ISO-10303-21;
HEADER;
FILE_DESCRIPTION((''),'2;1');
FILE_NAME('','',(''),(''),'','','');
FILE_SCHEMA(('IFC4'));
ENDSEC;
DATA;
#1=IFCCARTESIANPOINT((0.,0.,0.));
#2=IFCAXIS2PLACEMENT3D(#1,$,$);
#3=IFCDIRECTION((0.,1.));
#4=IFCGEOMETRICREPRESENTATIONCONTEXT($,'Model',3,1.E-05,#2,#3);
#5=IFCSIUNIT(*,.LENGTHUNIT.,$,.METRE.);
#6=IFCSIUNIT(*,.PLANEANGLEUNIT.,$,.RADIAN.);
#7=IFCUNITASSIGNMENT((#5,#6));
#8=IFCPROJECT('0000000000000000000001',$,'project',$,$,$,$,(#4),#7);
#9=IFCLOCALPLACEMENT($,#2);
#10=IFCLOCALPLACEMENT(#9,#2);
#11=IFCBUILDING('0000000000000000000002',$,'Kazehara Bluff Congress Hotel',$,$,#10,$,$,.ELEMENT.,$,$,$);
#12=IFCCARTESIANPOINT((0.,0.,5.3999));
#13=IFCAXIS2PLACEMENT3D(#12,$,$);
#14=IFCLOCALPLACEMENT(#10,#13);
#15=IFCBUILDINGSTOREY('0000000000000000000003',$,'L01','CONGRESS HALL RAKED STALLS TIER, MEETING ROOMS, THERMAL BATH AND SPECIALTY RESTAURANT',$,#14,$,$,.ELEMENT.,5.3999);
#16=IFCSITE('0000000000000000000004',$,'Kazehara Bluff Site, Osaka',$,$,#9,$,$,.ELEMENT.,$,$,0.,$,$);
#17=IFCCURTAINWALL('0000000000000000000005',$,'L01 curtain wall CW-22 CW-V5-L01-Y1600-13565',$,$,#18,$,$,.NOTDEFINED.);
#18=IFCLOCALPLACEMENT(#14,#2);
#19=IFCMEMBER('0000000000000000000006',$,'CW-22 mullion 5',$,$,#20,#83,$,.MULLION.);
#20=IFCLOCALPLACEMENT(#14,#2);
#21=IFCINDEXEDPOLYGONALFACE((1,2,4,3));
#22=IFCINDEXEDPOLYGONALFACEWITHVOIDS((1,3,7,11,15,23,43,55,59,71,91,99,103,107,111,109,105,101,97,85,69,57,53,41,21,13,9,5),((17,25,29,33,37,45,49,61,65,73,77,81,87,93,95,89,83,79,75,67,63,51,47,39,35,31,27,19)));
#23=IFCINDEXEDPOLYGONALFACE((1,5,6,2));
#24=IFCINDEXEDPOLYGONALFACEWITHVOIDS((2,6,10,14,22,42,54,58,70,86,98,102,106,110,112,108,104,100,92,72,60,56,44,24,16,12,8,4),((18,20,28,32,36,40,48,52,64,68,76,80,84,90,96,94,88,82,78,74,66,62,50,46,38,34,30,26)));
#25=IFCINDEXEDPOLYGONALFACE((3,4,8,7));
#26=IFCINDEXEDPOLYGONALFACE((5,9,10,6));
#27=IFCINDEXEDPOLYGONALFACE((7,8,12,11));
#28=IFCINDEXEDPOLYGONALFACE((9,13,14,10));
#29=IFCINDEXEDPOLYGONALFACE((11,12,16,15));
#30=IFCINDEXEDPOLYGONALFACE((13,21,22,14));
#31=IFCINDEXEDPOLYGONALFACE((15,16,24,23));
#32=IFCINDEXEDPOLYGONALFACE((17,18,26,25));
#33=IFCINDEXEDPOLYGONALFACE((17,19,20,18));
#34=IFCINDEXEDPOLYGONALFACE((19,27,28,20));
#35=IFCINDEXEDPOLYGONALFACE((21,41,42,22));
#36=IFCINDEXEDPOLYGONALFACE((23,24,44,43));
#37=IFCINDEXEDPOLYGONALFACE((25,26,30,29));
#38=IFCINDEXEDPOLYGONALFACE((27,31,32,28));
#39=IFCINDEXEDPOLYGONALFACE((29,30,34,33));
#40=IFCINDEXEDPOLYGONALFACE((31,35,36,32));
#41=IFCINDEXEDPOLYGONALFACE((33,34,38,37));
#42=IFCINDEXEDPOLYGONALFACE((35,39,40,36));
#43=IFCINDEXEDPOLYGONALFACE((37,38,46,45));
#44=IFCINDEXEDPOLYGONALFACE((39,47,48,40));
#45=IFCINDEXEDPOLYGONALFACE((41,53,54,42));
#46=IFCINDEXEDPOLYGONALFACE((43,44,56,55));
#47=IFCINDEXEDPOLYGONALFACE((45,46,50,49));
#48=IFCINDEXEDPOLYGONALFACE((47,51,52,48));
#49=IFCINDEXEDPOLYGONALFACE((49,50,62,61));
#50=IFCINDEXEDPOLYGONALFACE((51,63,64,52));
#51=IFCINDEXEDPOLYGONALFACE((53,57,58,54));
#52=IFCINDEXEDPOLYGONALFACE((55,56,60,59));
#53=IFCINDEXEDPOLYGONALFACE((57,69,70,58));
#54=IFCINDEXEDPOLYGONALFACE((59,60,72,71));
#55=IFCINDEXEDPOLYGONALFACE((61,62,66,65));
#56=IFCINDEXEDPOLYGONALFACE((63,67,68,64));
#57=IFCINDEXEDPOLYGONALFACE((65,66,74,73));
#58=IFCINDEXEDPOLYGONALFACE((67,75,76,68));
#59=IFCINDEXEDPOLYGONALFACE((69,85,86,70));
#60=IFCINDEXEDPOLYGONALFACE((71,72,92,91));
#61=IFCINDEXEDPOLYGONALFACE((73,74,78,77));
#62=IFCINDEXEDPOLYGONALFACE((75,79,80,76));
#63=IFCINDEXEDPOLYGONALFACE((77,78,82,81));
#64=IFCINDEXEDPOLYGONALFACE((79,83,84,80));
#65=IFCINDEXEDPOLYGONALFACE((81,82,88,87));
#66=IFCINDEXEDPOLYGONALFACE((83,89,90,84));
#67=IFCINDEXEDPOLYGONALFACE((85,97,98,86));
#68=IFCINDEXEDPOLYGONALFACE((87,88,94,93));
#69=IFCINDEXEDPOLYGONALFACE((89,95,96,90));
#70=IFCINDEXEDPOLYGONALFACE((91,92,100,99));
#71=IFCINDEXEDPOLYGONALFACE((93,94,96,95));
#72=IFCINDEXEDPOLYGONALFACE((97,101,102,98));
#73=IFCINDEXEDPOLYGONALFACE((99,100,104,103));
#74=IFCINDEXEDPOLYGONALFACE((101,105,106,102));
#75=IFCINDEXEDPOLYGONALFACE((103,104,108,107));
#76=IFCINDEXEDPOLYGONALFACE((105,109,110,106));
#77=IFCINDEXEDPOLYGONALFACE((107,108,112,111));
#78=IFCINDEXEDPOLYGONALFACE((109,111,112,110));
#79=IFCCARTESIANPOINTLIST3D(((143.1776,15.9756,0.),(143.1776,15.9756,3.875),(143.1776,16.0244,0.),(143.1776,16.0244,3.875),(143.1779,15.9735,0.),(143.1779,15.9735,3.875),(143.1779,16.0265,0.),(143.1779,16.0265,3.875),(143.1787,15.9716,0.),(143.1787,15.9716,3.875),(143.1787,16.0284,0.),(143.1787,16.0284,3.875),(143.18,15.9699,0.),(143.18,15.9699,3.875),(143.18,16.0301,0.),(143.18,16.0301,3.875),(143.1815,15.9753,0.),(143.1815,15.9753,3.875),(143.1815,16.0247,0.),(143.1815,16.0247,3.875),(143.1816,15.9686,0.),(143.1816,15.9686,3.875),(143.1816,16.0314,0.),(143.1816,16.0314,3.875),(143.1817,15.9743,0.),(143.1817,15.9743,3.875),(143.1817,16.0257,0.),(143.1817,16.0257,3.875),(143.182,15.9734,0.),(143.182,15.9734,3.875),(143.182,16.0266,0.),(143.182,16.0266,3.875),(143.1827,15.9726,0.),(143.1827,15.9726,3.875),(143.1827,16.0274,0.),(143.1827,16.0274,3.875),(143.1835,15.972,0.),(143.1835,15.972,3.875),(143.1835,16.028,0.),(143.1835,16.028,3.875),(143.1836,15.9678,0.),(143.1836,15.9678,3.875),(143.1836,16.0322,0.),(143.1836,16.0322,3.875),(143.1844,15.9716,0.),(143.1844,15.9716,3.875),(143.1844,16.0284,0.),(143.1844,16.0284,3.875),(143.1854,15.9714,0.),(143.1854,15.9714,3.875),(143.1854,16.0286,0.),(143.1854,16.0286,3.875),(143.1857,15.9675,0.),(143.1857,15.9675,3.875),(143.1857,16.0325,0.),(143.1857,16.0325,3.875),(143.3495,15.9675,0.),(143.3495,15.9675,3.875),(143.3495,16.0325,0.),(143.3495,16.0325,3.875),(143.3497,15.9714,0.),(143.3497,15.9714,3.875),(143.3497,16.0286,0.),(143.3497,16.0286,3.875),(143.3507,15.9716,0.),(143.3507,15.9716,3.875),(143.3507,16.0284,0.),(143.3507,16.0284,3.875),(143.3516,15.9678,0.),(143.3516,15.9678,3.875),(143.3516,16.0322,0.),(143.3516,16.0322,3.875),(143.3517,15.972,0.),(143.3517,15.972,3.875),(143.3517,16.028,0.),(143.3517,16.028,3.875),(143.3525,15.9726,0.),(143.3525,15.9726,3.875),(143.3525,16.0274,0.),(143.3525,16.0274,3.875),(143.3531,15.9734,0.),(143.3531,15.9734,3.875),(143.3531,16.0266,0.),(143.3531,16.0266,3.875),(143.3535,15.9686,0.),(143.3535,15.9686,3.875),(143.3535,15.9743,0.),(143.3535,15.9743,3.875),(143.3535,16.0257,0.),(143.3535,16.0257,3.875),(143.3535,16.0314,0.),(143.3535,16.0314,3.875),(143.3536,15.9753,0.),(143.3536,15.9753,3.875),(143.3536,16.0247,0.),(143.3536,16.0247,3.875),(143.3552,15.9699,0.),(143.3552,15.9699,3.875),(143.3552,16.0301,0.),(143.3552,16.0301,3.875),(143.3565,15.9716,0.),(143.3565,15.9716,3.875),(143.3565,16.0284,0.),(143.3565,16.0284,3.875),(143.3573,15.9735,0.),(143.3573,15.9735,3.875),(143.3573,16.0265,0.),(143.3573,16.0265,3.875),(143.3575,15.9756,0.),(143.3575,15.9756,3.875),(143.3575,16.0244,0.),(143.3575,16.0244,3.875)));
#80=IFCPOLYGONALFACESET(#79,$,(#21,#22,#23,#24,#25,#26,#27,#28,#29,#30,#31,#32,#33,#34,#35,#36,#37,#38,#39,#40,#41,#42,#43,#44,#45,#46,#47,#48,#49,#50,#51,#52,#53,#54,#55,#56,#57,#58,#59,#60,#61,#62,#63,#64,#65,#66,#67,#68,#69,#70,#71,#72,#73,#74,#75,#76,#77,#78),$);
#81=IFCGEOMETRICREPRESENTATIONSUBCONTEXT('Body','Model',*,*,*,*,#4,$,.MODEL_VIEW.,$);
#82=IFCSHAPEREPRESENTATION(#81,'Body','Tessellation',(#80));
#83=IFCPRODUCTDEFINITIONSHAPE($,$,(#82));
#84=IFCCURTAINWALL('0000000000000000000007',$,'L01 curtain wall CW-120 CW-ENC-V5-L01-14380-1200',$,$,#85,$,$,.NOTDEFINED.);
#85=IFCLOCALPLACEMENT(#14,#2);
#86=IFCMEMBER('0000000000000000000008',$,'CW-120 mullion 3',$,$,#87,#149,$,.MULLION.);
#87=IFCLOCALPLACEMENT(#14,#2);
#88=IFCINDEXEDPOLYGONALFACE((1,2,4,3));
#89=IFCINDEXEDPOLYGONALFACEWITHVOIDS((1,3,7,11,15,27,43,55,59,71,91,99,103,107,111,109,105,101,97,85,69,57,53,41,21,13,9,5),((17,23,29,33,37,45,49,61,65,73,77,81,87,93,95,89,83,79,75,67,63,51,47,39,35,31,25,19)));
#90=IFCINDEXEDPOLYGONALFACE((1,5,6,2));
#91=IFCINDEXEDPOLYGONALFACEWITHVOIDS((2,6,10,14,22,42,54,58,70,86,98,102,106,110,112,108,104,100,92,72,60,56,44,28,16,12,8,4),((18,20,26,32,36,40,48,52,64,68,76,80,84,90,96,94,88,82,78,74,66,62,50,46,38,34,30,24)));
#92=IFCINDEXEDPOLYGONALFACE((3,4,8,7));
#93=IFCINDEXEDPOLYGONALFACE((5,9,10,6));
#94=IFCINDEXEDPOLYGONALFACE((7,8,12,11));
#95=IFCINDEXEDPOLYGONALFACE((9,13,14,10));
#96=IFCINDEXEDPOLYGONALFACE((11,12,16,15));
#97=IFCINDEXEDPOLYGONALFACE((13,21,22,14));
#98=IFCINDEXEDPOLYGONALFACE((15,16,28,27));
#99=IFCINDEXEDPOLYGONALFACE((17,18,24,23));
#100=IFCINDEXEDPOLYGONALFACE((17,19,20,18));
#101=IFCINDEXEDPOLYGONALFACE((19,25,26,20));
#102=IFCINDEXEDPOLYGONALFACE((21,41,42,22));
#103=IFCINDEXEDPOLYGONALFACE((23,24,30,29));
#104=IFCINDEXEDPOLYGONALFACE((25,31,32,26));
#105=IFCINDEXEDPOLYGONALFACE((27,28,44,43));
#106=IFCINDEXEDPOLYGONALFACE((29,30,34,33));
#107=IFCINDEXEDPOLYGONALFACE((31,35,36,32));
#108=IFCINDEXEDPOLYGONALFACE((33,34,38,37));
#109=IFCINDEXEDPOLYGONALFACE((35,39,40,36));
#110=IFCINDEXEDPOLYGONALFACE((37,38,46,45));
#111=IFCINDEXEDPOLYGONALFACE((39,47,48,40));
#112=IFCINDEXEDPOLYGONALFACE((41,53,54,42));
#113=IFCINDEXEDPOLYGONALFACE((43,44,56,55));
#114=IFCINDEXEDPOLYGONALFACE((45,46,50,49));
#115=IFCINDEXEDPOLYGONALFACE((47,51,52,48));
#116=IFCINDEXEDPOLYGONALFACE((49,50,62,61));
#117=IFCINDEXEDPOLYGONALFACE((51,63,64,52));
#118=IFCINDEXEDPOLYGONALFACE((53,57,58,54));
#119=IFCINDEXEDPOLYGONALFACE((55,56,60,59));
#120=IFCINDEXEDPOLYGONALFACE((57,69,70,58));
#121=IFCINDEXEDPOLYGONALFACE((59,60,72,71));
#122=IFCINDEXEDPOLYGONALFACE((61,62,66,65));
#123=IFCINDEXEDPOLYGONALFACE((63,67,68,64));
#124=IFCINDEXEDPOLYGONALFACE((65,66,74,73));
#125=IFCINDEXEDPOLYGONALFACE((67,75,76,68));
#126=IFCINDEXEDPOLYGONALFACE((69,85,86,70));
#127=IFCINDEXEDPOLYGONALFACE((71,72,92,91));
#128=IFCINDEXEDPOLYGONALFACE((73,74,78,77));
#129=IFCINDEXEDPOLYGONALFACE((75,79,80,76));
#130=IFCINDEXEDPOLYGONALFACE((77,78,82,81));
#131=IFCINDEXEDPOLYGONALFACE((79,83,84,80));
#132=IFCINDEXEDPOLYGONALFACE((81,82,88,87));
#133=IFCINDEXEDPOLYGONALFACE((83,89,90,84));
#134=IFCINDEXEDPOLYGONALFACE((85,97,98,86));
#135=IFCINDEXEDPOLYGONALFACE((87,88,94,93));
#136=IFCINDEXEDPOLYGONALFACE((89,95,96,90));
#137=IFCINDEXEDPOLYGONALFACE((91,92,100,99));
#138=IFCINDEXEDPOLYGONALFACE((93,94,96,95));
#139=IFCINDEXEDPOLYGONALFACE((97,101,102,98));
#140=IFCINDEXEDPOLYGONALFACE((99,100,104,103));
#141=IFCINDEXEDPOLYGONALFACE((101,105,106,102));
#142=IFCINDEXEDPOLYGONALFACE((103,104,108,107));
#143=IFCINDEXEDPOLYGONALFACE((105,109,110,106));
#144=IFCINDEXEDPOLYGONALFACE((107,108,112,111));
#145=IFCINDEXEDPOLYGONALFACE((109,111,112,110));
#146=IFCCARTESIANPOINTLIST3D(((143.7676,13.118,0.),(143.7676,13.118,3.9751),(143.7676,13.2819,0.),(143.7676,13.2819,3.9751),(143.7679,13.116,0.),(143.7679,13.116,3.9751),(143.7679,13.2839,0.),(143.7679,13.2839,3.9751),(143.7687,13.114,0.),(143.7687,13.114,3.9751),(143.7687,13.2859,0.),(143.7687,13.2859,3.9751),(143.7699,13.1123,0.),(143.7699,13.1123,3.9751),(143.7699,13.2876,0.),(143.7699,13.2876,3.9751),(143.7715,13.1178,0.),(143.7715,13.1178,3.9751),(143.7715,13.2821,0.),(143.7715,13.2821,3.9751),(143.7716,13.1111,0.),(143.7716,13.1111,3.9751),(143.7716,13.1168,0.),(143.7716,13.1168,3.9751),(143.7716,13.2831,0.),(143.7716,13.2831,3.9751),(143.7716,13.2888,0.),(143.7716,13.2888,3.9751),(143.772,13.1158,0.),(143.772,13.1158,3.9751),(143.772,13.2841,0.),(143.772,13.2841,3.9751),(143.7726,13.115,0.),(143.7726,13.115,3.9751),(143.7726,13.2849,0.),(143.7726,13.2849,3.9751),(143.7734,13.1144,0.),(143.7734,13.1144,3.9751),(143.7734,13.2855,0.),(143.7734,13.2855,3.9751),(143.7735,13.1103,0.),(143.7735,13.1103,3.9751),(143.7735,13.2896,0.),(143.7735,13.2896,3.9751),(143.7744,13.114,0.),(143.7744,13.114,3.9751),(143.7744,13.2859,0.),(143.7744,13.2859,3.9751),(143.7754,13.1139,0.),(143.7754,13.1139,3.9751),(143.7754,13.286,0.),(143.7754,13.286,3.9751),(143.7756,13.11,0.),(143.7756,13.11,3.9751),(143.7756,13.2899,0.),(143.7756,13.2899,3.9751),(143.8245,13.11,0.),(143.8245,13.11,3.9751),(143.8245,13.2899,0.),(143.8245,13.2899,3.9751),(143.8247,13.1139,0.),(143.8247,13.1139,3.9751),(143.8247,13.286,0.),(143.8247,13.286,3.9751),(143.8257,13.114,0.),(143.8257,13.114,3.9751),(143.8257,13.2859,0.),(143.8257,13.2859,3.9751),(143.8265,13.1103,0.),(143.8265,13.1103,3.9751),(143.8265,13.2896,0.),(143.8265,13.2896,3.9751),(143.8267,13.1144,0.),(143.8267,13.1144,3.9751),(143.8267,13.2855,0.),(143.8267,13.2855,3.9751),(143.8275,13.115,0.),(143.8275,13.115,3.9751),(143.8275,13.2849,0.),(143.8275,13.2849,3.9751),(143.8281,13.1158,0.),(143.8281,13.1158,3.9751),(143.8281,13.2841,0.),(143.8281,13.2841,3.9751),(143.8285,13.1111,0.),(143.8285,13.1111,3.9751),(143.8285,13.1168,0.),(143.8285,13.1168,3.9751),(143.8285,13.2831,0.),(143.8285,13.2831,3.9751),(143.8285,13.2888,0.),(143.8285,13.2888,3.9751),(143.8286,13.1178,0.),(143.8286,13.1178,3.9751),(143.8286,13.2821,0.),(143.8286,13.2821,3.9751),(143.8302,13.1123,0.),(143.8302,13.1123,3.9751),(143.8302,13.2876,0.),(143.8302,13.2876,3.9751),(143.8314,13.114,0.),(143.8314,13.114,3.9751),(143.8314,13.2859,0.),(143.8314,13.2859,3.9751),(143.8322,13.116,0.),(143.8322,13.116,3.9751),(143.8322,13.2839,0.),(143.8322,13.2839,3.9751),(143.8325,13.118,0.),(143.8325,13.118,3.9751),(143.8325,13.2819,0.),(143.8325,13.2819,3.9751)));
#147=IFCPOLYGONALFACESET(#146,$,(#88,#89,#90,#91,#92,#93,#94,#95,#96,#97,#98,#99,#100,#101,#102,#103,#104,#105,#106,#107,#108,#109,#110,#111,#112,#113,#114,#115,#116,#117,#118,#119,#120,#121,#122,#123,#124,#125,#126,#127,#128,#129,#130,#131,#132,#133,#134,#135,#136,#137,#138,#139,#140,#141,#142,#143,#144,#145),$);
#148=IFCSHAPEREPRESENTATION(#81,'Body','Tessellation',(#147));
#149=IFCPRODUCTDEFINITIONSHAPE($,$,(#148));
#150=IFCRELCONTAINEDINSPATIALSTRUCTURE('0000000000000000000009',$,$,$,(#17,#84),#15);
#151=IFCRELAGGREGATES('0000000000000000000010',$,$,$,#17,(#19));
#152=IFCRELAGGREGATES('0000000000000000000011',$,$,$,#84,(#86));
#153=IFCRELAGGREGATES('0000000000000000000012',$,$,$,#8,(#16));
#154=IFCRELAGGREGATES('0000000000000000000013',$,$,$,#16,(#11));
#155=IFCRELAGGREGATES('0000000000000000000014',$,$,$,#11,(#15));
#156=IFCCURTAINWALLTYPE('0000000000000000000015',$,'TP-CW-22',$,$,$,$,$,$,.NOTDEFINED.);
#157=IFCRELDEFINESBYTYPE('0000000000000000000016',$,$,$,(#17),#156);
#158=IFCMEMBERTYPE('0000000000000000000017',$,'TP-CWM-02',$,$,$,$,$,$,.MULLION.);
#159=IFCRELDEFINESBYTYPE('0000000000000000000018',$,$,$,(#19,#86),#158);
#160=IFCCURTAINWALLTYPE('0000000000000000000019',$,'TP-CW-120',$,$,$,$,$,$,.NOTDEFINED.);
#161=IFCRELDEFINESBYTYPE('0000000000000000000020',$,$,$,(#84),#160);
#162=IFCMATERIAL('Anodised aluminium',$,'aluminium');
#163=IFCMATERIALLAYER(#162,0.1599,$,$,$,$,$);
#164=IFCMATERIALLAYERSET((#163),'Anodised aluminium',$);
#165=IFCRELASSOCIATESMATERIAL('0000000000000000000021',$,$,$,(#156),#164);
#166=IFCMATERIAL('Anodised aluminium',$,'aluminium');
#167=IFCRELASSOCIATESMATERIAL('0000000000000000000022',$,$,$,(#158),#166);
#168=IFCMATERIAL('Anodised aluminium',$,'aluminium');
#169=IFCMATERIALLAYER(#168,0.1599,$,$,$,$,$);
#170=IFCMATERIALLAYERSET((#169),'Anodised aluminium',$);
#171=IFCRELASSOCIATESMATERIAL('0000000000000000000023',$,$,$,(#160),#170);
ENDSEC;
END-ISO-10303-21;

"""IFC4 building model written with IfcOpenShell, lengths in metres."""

from ifc_helpers import new_model, si_unit, direction, frame, origin, origin_2d, place, context, subcontext, project, spatial, hollow_rectangle, extrude, material, layer, layer_set, material_profile, profile_set, type_object, element, aggregate, save


model = new_model("IFC4")

# Units and contexts
model_context = context("Model", 3, precision=1e-05, world=origin(), true_north=direction((0.0, 1.0)))
body_context = subcontext(model_context, "Body", "Model", "MODEL_VIEW")
ifc_project = project(units=[si_unit("LENGTHUNIT", "METRE"), si_unit("PLANEANGLEUNIT", "RADIAN")], contexts=[model_context])

# Site, building, storey
site_placement = place(None, origin())
site = spatial("IfcSite", under=ifc_project, at=site_placement, Name="Kazehara Bluff Site, Osaka", CompositionType="ELEMENT", RefElevation=0.0)
building_placement = place(site_placement, origin())
building = spatial("IfcBuilding", under=site, at=building_placement, Name="Kazehara Bluff Congress Hotel", CompositionType="ELEMENT")
storey_placement = place(building_placement, frame((0.0, 0.0, 5.3999)))
storey = spatial("IfcBuildingStorey", under=building, at=storey_placement, Name="L01", Description="CONGRESS HALL RAKED STALLS TIER, MEETING ROOMS, THERMAL BATH AND SPECIALTY RESTAURANT", CompositionType="ELEMENT", Elevation=5.3999)

# Curtain walls, members
ifc_material_1 = material(Name="Anodised aluminium", Category="aluminium")
ifc_layer_1 = layer(ifc_material_1, 0.1599)
ifc_layer_set_1 = layer_set([ifc_layer_1], Name="Anodised aluminium")
curtain_wall_type_1 = type_object("IfcCurtainWallType", Name="TP-CW-22", PredefinedType="NOTDEFINED", material=ifc_layer_set_1)
curtain_wall_1_placement = place(storey_placement, origin())
curtain_wall_1 = element("IfcCurtainWall", 1, at=curtain_wall_1_placement, inside=storey, type_object=curtain_wall_type_1, Name="L01 curtain wall CW-22 CW-V5-L01-Y1600-13565", PredefinedType="NOTDEFINED")
ifc_material_2 = material(Name="Anodised aluminium", Category="aluminium")
ifc_material_profile_1 = material_profile(ifc_material_2, hollow_rectangle(XDim=0.0649, YDim=0.1799, WallThickness=0.0039, InnerFilletRadius=0.0039, OuterFilletRadius=0.0081, at=origin_2d()))
ifc_profile_set_1 = profile_set([ifc_material_profile_1], Name="Anodised aluminium")
member_type_1 = type_object("IfcMemberType", Name="TP-CWM-02", PredefinedType="MULLION", material=ifc_profile_set_1)
member_1_placement = place(storey_placement, frame((143.2676, 16.0, 0.0), z_axis=(0.0, 0.0, 1.0), x_axis=(0.0, 1.0, 0.0)))
member_1 = element("IfcMember", 2, at=member_1_placement, type_object=member_type_1, Name="CW-22 mullion 5", PredefinedType="MULLION", context=body_context, shape_type="SweptSolid", body=[
    extrude(hollow_rectangle(XDim=0.0649, YDim=0.1799, WallThickness=0.0039, InnerFilletRadius=0.0039, OuterFilletRadius=0.0081, at=origin_2d()), origin(), (0.0, 0.0, 1.0), 3.875),
])
ifc_material_3 = material(Name="Anodised aluminium", Category="aluminium")
ifc_layer_2 = layer(ifc_material_3, 0.1599)
ifc_layer_set_2 = layer_set([ifc_layer_2], Name="Anodised aluminium")
curtain_wall_type_2 = type_object("IfcCurtainWallType", Name="TP-CW-120", PredefinedType="NOTDEFINED", material=ifc_layer_set_2)
curtain_wall_2_placement = place(storey_placement, origin())
curtain_wall_2 = element("IfcCurtainWall", 3, at=curtain_wall_2_placement, inside=storey, type_object=curtain_wall_type_2, Name="L01 curtain wall CW-120 CW-ENC-V5-L01-14380-1200", PredefinedType="NOTDEFINED")
member_2_placement = place(storey_placement, frame((143.8, 13.2, 0.0), z_axis=(0.0, 0.0, 1.0), x_axis=(-1.0, 0.0, 0.0)))
member_2 = element("IfcMember", 4, at=member_2_placement, type_object=member_type_1, Name="CW-120 mullion 3", PredefinedType="MULLION", context=body_context, shape_type="SweptSolid", body=[
    extrude(hollow_rectangle(XDim=0.0649, YDim=0.1799, WallThickness=0.0039, InnerFilletRadius=0.0039, OuterFilletRadius=0.0081, at=origin_2d()), origin(), (0.0, 0.0, 1.0), 3.9751),
])

aggregate(curtain_wall_1, [member_1])
aggregate(curtain_wall_2, [member_2])

save(model, "model.ifc")
